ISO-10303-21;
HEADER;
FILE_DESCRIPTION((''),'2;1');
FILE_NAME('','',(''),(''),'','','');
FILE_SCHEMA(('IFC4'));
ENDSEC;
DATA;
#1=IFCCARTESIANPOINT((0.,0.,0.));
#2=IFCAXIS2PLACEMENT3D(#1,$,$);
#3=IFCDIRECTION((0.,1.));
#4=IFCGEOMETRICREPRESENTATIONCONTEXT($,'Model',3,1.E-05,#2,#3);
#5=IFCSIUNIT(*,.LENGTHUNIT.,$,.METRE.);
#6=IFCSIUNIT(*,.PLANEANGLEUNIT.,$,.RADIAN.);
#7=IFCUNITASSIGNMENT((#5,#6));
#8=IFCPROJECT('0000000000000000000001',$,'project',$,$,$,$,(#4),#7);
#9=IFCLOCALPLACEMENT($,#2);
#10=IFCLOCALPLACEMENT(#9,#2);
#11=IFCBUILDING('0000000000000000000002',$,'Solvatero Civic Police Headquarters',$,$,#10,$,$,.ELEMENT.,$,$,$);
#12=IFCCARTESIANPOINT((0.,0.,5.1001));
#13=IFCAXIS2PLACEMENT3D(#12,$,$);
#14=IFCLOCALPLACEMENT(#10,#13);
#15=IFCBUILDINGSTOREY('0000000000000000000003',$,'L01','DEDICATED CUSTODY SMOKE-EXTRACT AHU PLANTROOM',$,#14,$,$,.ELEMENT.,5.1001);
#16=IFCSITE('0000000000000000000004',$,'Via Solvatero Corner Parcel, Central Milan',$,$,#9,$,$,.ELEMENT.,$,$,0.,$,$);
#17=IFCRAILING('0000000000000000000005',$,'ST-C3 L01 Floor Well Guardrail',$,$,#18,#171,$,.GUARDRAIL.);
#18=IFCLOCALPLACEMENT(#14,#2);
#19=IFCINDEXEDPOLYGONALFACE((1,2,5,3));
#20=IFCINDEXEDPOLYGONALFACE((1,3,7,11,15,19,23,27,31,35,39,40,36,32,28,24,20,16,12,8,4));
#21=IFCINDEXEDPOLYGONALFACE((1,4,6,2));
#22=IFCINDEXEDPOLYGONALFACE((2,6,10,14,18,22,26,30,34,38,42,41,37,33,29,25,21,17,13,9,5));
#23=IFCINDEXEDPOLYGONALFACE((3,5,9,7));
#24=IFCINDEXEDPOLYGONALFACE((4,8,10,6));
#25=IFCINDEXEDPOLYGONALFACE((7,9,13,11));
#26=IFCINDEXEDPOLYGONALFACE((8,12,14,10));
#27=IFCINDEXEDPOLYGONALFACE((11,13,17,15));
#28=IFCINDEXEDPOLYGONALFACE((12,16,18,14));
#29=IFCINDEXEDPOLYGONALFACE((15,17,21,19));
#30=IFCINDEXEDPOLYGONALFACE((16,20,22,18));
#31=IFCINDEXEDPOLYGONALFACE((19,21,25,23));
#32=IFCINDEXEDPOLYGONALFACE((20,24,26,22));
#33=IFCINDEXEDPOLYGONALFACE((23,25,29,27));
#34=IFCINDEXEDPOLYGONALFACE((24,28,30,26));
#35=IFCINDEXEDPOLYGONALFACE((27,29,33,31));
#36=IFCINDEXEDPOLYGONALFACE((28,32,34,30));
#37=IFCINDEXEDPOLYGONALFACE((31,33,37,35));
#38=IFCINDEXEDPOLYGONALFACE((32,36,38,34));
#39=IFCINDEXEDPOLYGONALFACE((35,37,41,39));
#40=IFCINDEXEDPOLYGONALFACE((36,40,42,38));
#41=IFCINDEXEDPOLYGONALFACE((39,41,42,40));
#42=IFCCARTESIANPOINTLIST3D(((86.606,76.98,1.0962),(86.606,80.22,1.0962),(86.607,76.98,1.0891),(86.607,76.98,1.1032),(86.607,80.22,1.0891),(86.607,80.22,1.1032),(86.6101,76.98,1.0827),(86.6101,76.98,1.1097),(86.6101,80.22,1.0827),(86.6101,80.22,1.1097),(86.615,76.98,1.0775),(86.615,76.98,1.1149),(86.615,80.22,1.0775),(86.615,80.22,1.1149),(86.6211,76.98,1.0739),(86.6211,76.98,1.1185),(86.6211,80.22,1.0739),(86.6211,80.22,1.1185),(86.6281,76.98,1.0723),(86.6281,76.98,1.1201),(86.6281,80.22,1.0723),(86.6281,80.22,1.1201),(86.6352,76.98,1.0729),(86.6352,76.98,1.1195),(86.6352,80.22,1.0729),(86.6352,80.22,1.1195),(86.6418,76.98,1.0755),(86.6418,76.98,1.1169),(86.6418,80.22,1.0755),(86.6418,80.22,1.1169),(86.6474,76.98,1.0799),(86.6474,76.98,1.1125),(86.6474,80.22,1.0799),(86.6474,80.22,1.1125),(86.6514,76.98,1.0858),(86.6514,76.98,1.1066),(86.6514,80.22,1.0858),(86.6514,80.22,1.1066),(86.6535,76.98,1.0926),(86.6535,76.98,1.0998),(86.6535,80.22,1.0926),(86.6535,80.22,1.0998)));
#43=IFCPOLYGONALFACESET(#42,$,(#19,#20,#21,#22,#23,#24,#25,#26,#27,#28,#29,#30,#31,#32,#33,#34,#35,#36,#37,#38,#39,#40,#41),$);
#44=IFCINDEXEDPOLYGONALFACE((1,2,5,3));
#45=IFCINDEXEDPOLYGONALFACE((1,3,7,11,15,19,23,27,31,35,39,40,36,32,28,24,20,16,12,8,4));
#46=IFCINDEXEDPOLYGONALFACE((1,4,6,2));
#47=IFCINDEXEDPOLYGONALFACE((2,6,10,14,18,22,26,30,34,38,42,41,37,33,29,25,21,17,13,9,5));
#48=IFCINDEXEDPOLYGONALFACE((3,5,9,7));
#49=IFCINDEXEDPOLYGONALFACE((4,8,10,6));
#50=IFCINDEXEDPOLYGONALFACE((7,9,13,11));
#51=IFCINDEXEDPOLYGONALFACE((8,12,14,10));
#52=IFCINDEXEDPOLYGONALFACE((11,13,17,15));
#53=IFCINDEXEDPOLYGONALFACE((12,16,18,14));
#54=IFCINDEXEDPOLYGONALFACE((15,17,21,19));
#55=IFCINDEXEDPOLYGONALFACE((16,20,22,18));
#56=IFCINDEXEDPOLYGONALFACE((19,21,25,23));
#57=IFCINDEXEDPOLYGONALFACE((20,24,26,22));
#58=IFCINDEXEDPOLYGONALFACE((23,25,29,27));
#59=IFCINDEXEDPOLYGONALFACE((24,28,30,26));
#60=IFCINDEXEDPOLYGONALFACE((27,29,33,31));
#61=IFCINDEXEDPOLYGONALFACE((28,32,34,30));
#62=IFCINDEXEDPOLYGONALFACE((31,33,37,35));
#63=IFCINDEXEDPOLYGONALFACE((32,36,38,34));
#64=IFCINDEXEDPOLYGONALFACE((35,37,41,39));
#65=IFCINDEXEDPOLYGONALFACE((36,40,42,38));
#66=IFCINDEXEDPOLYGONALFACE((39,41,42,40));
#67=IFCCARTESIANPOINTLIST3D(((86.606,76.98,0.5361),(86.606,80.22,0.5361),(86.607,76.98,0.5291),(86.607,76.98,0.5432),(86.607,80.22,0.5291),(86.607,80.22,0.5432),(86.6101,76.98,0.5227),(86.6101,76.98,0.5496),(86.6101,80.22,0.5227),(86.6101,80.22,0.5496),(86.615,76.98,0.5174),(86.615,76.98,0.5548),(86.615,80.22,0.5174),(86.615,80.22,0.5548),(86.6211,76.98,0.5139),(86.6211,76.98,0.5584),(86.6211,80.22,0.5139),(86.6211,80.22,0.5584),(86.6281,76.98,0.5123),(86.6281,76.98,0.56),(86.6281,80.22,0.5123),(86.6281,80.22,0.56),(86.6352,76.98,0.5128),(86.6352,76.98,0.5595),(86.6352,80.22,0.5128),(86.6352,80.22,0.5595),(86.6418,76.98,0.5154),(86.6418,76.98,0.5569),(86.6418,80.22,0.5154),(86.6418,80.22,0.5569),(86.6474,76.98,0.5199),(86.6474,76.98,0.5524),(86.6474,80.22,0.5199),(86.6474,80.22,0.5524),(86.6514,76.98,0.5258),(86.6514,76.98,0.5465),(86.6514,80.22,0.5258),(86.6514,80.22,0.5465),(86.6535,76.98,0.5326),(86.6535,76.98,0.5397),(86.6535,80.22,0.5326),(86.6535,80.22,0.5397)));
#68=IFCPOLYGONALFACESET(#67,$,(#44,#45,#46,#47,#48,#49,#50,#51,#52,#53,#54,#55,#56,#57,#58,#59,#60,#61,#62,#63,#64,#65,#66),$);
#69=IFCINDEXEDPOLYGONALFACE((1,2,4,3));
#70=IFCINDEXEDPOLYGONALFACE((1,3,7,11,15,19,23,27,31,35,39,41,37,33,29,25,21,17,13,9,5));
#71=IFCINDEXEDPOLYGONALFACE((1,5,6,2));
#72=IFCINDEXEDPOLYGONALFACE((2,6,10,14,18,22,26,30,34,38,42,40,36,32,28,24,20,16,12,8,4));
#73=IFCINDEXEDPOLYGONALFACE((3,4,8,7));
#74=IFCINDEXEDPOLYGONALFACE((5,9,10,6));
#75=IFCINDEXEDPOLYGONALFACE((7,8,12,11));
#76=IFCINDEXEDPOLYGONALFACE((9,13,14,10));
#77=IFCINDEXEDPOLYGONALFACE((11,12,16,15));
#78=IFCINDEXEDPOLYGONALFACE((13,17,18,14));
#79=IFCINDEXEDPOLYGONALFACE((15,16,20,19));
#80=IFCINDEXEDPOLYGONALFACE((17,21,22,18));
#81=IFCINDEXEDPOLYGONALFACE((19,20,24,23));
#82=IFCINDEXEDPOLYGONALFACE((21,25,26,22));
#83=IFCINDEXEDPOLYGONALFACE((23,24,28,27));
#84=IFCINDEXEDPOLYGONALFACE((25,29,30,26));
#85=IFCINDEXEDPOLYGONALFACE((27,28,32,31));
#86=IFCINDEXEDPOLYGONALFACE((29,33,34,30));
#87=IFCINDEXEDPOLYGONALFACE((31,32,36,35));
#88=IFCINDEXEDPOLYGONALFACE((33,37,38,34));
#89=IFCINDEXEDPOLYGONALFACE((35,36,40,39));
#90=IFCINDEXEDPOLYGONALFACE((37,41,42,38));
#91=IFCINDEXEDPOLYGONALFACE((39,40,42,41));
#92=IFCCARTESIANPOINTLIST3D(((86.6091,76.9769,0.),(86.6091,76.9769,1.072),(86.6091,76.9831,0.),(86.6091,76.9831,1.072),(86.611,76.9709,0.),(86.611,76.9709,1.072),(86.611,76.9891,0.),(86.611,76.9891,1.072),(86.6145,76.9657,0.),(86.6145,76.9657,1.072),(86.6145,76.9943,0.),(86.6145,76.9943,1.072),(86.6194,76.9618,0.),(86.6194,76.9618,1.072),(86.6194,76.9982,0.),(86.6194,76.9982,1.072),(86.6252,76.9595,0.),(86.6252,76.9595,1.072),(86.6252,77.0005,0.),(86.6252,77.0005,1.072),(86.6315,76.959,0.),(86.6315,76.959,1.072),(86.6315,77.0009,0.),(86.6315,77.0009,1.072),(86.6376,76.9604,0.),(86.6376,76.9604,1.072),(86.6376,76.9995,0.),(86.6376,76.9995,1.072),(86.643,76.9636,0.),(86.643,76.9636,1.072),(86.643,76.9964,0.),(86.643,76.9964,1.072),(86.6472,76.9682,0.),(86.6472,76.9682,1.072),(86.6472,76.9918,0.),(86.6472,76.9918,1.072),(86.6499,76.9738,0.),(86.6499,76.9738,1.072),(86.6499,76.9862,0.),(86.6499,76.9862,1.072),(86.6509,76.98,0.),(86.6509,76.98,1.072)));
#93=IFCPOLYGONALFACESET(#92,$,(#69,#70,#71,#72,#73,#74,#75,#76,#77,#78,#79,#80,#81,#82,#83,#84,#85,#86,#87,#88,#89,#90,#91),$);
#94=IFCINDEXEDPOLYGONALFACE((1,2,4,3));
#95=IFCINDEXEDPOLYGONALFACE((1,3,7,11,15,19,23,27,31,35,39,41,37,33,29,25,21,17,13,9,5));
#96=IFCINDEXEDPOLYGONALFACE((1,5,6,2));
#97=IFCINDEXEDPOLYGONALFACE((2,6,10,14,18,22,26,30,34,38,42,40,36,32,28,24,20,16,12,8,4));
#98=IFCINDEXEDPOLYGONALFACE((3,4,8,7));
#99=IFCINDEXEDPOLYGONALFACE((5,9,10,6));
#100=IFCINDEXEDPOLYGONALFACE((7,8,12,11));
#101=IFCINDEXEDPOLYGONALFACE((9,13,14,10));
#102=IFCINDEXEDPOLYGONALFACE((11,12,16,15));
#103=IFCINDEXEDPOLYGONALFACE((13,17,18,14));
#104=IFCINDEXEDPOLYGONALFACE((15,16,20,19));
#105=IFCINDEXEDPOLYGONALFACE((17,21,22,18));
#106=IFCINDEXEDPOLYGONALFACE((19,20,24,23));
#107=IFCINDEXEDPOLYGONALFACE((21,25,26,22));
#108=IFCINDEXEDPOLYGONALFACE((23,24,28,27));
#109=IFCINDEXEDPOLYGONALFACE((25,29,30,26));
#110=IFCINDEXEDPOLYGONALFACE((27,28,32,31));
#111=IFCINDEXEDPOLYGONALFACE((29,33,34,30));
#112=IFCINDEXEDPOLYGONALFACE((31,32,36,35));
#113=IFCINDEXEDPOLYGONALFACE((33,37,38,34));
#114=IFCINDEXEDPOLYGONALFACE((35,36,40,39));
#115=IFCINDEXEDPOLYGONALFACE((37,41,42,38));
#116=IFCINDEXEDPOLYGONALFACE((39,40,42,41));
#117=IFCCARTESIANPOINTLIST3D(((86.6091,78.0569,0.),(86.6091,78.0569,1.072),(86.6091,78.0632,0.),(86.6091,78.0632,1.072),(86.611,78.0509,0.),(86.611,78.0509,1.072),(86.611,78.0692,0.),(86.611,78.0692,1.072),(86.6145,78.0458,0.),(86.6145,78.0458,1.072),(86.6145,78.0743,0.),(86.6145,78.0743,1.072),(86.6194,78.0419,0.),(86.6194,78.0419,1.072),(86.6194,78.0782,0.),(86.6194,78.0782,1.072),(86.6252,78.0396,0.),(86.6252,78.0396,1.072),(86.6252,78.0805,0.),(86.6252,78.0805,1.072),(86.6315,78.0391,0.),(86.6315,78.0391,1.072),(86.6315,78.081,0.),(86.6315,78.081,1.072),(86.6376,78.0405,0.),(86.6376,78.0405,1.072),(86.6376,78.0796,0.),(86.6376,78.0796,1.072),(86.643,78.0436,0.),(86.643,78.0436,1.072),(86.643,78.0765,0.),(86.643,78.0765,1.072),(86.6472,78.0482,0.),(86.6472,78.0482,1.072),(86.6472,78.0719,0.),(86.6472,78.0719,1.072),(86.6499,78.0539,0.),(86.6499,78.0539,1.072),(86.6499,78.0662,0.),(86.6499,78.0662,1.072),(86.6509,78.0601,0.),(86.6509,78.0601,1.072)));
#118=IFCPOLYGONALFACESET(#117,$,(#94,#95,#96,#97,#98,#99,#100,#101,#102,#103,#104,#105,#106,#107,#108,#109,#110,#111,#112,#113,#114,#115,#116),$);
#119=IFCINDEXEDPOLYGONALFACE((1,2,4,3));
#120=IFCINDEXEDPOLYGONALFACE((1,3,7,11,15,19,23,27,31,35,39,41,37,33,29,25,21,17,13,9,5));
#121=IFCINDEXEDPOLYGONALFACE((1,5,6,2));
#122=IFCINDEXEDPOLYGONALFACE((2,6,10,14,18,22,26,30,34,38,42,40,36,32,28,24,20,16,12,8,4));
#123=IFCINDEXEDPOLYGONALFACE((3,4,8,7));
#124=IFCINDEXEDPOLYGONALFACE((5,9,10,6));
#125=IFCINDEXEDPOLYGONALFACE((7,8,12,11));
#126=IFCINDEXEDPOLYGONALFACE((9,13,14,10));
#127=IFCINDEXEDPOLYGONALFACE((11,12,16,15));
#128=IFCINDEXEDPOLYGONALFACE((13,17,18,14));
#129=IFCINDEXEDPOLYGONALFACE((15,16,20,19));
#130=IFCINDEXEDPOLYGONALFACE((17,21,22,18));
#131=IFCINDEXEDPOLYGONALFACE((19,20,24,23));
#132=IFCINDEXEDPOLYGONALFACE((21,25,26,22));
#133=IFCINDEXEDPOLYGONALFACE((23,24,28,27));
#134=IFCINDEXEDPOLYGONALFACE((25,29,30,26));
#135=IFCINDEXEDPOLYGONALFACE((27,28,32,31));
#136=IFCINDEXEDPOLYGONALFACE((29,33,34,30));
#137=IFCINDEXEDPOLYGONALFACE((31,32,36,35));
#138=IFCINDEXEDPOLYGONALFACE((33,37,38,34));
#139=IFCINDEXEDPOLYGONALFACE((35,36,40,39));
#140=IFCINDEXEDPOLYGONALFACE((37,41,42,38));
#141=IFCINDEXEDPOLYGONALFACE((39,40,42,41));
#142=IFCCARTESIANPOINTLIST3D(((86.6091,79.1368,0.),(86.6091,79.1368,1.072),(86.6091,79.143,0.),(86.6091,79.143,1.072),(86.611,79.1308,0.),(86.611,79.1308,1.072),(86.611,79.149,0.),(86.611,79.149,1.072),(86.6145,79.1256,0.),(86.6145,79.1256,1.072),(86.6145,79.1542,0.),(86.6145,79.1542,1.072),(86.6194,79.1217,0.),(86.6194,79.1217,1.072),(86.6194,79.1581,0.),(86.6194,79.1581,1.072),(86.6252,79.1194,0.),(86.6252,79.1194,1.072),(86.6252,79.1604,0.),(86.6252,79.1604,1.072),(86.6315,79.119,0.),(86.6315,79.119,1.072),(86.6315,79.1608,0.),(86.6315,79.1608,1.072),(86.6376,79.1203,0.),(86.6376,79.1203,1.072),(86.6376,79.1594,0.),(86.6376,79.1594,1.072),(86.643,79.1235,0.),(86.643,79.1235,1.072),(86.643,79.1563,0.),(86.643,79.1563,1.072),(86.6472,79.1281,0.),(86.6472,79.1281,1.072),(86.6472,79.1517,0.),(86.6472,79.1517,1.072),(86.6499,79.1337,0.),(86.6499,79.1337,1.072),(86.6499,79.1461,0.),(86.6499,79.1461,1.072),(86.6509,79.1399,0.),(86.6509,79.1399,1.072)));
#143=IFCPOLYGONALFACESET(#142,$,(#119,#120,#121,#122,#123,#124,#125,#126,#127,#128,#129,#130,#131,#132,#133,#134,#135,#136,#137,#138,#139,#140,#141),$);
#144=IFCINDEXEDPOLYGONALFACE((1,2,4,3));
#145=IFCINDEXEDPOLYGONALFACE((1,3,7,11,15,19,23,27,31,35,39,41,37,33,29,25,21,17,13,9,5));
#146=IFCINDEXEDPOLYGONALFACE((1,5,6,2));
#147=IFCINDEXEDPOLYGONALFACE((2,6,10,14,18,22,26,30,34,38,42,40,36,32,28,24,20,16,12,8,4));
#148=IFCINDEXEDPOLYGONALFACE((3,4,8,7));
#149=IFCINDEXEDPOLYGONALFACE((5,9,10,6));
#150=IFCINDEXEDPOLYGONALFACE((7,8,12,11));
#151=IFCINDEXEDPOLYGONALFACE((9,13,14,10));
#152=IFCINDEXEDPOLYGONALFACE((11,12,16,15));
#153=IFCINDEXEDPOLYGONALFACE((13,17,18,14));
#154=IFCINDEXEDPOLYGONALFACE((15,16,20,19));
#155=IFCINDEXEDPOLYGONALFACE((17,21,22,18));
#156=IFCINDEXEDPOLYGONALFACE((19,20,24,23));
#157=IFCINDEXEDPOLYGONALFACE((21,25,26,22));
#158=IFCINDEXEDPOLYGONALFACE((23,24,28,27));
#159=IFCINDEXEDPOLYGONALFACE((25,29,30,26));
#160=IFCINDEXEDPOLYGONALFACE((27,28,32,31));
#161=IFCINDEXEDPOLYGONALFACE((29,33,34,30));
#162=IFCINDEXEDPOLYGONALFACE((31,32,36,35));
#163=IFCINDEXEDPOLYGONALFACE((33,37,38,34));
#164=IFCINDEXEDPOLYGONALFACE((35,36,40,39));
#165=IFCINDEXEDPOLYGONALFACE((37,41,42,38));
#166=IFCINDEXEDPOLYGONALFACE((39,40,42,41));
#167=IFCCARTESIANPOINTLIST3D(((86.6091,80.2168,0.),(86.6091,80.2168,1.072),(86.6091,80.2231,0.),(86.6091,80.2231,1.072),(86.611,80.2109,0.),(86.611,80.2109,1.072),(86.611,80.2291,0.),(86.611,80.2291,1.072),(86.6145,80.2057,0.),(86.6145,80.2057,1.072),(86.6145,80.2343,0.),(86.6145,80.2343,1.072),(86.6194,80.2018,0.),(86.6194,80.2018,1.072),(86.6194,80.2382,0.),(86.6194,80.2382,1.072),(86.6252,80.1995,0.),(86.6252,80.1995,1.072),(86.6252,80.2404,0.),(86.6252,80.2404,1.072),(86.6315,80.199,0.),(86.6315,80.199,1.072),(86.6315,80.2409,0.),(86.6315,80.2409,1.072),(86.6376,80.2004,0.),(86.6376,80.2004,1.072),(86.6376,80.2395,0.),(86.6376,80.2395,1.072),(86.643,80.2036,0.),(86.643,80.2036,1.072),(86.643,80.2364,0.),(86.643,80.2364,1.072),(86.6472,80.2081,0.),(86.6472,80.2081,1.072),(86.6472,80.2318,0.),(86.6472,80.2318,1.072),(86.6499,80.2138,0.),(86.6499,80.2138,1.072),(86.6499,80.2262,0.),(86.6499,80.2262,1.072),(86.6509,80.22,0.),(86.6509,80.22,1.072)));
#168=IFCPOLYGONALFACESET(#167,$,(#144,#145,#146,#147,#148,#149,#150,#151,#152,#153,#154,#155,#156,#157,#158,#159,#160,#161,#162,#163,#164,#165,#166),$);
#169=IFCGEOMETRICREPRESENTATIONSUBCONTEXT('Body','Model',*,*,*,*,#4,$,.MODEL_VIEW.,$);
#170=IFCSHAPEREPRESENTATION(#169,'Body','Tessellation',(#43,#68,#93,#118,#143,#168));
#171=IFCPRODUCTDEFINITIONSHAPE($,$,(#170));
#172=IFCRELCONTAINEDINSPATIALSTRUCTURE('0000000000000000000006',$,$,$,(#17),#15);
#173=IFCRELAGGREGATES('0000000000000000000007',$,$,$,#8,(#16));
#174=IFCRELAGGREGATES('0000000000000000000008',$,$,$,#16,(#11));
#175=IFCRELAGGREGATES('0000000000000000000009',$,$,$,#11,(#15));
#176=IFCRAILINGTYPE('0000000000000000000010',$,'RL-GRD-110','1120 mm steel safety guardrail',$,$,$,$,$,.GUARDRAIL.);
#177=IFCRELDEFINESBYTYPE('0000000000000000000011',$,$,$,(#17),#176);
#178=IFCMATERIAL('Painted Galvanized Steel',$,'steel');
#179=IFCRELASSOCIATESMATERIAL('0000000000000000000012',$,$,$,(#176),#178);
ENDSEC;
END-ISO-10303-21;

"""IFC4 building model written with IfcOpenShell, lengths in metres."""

from ifc_helpers import new_model, si_unit, direction, frame, origin, origin_2d, place, context, subcontext, project, spatial, circle, extrude, material, type_object, element, save


model = new_model("IFC4")

# Units and contexts
model_context = context("Model", 3, precision=1e-05, world=origin(), true_north=direction((0.0, 1.0)))
body_context = subcontext(model_context, "Body", "Model", "MODEL_VIEW")
ifc_project = project(units=[si_unit("LENGTHUNIT", "METRE"), si_unit("PLANEANGLEUNIT", "RADIAN")], contexts=[model_context])

# Site, building, storey
site_placement = place(None, origin())
site = spatial("IfcSite", under=ifc_project, at=site_placement, Name="Via Solvatero Corner Parcel, Central Milan", CompositionType="ELEMENT", RefElevation=0.0)
building_placement = place(site_placement, origin())
building = spatial("IfcBuilding", under=site, at=building_placement, Name="Solvatero Civic Police Headquarters", CompositionType="ELEMENT")
storey_placement = place(building_placement, frame((0.0, 0.0, 5.1001)))
storey = spatial("IfcBuildingStorey", under=building, at=storey_placement, Name="L01", Description="DEDICATED CUSTODY SMOKE-EXTRACT AHU PLANTROOM", CompositionType="ELEMENT", Elevation=5.1001)

# Railing
ifc_material_1 = material(Name="Painted Galvanized Steel", Category="steel")
railing_type_1 = type_object("IfcRailingType", Name="RL-GRD-110", Description="1120 mm steel safety guardrail", PredefinedType="GUARDRAIL", material=ifc_material_1)
railing_1_placement = place(storey_placement, frame((86.6299, 76.98, 0.0)))
element("IfcRailing", 1, at=railing_1_placement, inside=storey, type_object=railing_type_1, Name="ST-C3 L01 Floor Well Guardrail", PredefinedType="GUARDRAIL", context=body_context, shape_type="SweptSolid", body=[
    extrude(circle(Radius=0.0239, at=origin_2d()), frame((0.0, 0.0, 1.0962), z_axis=(0.0, 1.0, 0.0), x_axis=(-1.0, 0.0, 0.0)), (0.0, 0.0, 1.0), 3.24),
    extrude(circle(Radius=0.0239, at=origin_2d()), frame((0.0, 0.0, 0.5361), z_axis=(0.0, 1.0, 0.0), x_axis=(-1.0, 0.0, 0.0)), (0.0, 0.0, 1.0), 3.24),
    extrude(circle(Radius=0.021, at=origin_2d()), origin(), (0.0, 0.0, 1.0), 1.072),
    extrude(circle(Radius=0.021, at=origin_2d()), frame((0.0, 1.0801, 0.0)), (0.0, 0.0, 1.0), 1.072),
    extrude(circle(Radius=0.021, at=origin_2d()), frame((0.0, 2.1599, 0.0)), (0.0, 0.0, 1.0), 1.072),
    extrude(circle(Radius=0.021, at=origin_2d()), frame((0.0, 3.24, 0.0)), (0.0, 0.0, 1.0), 1.072),
])

save(model, "model.ifc")
